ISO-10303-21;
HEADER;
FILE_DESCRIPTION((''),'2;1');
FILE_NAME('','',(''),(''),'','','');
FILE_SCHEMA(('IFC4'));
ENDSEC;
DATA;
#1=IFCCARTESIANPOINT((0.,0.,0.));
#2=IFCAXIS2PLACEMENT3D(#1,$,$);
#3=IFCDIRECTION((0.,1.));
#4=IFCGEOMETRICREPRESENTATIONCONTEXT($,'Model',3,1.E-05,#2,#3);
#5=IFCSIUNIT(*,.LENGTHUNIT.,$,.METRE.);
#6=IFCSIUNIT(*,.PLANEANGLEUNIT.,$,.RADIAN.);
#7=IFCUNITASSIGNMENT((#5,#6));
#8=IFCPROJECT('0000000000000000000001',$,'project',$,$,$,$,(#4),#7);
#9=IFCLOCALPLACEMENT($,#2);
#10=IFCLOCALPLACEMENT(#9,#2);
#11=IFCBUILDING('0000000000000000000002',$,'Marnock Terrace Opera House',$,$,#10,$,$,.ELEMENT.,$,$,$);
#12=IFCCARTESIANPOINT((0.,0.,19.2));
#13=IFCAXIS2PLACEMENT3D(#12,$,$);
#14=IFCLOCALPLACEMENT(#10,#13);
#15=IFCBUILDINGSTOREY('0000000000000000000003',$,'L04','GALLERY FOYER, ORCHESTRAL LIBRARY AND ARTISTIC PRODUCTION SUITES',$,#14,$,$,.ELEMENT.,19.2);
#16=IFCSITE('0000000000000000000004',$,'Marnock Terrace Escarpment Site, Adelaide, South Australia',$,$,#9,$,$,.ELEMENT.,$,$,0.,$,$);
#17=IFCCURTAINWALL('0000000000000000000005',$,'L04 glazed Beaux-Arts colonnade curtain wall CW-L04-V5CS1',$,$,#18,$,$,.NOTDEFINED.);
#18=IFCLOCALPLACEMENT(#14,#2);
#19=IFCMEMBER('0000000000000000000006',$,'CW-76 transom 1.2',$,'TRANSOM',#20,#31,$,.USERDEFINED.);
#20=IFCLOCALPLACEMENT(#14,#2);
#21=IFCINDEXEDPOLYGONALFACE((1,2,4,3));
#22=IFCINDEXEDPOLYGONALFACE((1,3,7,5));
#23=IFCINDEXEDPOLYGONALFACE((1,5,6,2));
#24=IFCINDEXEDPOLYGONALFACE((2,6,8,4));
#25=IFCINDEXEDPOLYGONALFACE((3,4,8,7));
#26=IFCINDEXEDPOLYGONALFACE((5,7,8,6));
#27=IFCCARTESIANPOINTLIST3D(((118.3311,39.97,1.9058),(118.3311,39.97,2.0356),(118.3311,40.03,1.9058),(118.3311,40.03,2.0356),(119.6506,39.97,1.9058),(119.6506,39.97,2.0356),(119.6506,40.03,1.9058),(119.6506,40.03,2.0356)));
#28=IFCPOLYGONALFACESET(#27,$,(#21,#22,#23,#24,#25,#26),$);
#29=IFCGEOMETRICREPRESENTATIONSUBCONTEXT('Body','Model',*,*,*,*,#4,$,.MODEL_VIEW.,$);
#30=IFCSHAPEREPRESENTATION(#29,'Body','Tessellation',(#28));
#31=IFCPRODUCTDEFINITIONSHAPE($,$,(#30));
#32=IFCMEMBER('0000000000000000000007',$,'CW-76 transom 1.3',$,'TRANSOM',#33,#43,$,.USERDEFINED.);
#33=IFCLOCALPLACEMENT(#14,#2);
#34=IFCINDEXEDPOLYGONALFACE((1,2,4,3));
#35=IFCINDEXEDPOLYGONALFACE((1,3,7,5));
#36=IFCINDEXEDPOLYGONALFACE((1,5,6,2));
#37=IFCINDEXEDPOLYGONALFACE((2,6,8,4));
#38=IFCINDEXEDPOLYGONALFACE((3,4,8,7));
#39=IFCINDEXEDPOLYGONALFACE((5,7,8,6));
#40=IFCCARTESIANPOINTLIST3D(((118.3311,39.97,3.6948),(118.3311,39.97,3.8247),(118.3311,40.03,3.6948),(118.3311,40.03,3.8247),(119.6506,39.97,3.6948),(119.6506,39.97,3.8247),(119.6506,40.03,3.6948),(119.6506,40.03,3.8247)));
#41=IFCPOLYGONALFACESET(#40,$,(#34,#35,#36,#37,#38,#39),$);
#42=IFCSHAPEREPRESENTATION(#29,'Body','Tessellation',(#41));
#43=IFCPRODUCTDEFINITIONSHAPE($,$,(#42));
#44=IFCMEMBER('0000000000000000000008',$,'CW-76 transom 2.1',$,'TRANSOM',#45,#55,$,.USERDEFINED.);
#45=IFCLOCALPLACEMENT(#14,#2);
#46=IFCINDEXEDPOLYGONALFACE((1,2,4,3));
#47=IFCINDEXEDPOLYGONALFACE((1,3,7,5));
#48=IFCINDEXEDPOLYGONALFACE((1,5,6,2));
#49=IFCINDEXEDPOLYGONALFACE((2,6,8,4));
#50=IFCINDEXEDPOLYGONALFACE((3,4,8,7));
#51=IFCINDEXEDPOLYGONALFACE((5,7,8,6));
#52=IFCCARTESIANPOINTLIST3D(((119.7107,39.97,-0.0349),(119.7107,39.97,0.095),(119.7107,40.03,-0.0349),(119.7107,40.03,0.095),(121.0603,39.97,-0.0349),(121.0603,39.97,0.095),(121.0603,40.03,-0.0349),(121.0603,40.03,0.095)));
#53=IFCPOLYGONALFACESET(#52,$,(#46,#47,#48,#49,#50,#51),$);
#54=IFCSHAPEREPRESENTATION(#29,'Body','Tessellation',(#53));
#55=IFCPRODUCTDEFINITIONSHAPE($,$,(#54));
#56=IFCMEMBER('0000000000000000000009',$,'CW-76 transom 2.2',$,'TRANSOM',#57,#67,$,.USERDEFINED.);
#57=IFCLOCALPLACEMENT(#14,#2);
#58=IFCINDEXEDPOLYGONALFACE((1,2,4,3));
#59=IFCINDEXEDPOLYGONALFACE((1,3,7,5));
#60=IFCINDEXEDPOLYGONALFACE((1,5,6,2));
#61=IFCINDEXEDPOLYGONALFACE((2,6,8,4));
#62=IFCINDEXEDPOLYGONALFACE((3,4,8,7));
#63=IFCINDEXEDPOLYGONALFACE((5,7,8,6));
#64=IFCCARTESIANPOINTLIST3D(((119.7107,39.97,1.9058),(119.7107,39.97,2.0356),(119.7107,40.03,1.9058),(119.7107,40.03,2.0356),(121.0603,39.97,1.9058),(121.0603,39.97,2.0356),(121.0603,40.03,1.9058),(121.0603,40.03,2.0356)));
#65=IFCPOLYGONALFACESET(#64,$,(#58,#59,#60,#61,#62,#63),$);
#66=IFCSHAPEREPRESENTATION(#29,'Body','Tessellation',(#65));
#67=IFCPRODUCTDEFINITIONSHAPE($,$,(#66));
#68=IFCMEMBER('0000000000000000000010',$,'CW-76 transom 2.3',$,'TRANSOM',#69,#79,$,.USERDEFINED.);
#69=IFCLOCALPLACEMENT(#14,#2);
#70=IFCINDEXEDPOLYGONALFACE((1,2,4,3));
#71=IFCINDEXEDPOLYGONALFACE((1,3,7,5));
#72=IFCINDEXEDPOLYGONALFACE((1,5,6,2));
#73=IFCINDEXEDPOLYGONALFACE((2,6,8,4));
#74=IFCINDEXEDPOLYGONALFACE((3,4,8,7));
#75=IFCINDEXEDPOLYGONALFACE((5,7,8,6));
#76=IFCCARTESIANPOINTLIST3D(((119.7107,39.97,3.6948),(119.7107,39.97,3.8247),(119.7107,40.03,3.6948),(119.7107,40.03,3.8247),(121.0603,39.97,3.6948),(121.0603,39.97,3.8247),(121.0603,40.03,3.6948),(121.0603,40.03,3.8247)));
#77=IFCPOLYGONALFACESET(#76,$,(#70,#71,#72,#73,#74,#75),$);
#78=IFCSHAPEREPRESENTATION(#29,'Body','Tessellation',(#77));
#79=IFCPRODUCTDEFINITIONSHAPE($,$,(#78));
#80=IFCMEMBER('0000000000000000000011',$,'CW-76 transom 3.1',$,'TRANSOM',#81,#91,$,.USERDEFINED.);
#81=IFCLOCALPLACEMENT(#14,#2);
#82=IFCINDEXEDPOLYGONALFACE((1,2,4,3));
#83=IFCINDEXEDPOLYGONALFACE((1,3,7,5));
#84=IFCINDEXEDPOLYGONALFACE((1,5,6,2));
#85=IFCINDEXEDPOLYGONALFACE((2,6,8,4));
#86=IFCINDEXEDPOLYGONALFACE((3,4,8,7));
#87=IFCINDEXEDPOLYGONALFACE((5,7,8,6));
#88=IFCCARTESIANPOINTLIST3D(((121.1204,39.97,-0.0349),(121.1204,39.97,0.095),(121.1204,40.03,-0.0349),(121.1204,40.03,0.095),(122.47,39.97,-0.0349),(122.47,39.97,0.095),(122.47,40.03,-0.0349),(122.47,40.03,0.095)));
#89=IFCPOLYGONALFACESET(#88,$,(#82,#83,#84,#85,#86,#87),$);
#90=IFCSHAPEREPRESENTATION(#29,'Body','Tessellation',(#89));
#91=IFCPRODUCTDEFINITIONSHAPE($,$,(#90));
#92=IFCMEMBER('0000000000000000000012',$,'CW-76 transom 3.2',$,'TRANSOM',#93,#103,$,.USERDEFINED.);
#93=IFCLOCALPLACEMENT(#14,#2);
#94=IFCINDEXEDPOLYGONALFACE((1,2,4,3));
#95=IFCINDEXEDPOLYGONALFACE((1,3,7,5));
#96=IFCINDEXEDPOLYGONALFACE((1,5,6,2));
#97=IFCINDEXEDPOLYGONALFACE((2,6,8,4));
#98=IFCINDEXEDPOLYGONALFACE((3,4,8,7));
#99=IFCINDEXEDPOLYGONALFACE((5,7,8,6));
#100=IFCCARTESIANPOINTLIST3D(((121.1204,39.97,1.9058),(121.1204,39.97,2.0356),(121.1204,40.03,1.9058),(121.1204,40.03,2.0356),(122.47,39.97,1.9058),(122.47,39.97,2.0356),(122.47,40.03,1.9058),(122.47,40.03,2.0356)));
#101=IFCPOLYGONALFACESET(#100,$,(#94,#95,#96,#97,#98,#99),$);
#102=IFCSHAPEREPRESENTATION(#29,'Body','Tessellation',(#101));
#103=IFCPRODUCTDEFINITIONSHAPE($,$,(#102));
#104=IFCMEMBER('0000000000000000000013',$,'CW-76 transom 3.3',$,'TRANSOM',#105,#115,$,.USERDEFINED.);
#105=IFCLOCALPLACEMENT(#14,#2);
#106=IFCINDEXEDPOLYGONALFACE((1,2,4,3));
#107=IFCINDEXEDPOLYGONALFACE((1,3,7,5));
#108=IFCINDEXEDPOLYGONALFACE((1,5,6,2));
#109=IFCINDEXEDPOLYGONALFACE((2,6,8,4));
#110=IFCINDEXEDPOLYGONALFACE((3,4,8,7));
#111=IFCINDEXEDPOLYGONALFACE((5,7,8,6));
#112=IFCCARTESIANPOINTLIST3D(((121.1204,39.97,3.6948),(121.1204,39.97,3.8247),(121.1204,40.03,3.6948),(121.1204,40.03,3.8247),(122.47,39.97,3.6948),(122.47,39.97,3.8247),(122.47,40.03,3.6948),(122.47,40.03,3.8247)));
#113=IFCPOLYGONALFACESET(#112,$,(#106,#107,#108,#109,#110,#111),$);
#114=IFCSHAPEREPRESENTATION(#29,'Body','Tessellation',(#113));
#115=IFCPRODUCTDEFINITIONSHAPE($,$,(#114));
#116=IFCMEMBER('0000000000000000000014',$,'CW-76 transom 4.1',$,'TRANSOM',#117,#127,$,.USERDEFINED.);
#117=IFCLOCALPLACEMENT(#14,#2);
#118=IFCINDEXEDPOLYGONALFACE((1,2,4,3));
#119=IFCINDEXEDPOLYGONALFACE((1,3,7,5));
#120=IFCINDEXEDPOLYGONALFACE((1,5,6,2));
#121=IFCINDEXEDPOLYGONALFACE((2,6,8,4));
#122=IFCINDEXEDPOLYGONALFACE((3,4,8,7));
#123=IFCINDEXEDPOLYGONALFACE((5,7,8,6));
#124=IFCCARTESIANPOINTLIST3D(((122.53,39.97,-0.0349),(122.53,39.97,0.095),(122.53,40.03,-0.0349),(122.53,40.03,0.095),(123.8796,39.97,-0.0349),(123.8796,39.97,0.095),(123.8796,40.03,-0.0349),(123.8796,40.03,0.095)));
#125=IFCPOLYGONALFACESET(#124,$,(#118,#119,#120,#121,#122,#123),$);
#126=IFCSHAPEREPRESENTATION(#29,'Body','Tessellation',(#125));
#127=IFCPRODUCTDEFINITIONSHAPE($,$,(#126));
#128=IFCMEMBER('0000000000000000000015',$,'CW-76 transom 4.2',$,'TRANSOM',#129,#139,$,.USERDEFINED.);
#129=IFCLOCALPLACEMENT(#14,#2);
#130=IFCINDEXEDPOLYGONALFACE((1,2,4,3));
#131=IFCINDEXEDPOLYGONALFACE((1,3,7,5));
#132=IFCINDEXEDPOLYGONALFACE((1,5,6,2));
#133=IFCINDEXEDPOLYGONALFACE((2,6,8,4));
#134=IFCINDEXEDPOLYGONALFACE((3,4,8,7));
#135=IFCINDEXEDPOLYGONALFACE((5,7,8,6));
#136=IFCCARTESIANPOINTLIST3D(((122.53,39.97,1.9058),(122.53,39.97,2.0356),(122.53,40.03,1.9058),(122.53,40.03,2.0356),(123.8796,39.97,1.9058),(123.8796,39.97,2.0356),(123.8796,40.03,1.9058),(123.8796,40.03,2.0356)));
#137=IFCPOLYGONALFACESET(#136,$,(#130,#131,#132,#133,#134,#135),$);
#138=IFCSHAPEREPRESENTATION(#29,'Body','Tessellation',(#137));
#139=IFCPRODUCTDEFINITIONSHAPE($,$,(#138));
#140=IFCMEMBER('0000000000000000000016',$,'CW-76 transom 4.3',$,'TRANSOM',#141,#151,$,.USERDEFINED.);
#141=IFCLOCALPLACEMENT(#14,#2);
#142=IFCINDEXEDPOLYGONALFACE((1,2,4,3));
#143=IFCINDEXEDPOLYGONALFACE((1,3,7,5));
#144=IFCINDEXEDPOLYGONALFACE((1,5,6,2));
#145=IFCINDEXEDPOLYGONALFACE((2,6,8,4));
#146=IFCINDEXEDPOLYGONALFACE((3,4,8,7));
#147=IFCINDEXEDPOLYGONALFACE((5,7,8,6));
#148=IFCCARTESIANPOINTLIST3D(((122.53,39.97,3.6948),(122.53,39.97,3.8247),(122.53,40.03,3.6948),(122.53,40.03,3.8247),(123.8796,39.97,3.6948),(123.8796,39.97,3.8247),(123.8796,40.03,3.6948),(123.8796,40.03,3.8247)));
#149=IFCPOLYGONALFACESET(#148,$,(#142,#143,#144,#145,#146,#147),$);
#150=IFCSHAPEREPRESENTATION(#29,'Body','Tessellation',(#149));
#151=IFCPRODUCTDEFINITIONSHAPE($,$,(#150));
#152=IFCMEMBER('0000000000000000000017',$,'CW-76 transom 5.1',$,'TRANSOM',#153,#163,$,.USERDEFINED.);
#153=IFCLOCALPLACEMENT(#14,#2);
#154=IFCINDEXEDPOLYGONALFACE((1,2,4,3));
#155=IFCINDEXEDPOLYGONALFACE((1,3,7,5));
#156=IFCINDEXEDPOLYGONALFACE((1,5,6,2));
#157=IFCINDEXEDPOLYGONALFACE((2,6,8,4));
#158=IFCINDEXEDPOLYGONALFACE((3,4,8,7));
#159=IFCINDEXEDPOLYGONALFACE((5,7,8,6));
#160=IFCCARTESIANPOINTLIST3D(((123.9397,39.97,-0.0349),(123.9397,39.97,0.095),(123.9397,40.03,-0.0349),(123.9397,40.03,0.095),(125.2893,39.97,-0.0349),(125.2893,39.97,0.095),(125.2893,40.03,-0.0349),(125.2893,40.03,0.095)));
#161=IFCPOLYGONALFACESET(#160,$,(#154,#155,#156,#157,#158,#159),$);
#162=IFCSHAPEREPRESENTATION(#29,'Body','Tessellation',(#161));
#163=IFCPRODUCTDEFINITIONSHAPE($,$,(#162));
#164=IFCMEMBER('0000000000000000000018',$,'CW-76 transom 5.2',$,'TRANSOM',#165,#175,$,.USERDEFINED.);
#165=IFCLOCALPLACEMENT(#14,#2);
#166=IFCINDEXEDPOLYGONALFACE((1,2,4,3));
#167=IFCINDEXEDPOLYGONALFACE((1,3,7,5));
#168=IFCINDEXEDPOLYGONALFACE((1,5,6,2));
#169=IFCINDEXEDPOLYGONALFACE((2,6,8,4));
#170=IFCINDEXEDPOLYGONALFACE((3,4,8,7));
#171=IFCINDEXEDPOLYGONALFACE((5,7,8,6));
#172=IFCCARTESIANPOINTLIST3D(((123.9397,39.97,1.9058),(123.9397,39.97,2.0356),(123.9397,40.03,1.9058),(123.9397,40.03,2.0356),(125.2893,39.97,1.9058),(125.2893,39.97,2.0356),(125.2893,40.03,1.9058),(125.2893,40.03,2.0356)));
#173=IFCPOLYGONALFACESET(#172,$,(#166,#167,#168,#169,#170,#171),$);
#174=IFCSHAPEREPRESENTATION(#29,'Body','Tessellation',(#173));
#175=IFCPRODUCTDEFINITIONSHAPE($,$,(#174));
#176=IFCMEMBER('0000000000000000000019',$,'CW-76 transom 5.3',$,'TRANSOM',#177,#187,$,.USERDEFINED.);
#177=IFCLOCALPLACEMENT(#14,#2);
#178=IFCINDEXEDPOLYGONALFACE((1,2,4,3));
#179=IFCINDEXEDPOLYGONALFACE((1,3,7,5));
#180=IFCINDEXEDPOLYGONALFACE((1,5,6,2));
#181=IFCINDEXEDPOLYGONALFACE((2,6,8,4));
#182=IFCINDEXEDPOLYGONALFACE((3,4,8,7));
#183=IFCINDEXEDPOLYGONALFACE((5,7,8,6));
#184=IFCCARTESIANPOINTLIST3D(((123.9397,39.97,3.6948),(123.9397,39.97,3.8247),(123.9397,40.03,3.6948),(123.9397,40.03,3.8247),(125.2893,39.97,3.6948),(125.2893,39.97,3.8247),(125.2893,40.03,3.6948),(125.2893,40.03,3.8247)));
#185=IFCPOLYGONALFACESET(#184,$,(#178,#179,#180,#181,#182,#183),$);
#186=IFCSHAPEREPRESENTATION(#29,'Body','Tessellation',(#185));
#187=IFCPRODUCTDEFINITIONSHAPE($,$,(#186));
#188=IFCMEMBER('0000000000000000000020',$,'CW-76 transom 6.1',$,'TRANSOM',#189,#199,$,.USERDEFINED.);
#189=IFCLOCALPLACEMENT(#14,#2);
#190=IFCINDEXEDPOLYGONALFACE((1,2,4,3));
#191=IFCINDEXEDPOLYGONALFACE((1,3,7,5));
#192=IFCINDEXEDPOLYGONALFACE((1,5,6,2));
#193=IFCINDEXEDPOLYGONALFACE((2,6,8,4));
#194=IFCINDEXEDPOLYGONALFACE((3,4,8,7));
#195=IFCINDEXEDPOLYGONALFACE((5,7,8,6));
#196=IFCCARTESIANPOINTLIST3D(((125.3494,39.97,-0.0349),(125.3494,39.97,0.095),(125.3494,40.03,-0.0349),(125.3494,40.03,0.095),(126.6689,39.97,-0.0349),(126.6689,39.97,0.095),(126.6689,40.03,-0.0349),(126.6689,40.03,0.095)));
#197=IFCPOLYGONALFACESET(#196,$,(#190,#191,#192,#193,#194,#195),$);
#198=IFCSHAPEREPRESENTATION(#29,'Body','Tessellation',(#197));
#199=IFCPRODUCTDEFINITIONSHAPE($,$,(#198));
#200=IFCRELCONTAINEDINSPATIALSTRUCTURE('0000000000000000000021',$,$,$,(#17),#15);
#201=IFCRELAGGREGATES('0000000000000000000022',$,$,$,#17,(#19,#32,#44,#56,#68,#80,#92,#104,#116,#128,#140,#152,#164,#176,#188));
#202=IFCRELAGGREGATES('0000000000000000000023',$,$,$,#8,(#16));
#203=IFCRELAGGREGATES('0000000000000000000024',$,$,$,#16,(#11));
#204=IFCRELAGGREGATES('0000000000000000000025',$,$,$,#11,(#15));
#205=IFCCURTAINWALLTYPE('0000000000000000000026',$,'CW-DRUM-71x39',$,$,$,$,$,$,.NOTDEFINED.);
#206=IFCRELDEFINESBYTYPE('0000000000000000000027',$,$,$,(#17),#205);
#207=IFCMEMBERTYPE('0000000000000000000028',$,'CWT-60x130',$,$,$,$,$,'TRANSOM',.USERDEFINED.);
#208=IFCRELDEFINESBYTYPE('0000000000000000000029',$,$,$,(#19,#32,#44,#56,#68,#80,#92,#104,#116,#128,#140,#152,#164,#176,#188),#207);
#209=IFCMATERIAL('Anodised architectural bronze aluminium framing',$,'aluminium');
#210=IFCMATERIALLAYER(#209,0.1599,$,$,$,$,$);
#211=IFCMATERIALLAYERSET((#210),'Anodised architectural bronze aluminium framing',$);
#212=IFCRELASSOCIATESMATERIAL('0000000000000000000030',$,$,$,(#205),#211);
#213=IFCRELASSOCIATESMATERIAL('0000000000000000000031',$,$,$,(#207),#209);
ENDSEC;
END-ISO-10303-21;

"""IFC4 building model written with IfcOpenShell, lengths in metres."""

from ifc_helpers import new_model, si_unit, direction, frame, origin, origin_2d, place, context, subcontext, project, spatial, rectangle, extrude, material, layer, layer_set, material_profile, profile_set, type_object, element, aggregate, save


model = new_model("IFC4")

# Units and contexts
model_context = context("Model", 3, precision=1e-05, world=origin(), true_north=direction((0.0, 1.0)))
body_context = subcontext(model_context, "Body", "Model", "MODEL_VIEW")
ifc_project = project(units=[si_unit("LENGTHUNIT", "METRE"), si_unit("PLANEANGLEUNIT", "RADIAN")], contexts=[model_context])

# Site, building, storey
site_placement = place(None, origin())
site = spatial("IfcSite", under=ifc_project, at=site_placement, Name="Marnock Terrace Escarpment Site, Adelaide, South Australia", CompositionType="ELEMENT", RefElevation=0.0)
building_placement = place(site_placement, origin())
building = spatial("IfcBuilding", under=site, at=building_placement, Name="Marnock Terrace Opera House", CompositionType="ELEMENT")
storey_placement = place(building_placement, frame((0.0, 0.0, 19.2)))
storey = spatial("IfcBuildingStorey", under=building, at=storey_placement, Name="L04", Description="GALLERY FOYER, ORCHESTRAL LIBRARY AND ARTISTIC PRODUCTION SUITES", CompositionType="ELEMENT", Elevation=19.2)

# Shared definitions
ifc_material_1 = material(Name="Anodised architectural bronze aluminium framing", Category="aluminium")
ifc_layer_1 = layer(ifc_material_1, 0.1599)
ifc_layer_set_1 = layer_set([ifc_layer_1], Name="Anodised architectural bronze aluminium framing")
curtain_wall_type = type_object("IfcCurtainWallType", Name="CW-DRUM-71x39", PredefinedType="NOTDEFINED", material=ifc_layer_set_1)

# Curtain wall, members
curtain_wall_1_placement = place(storey_placement, origin())
curtain_wall_1 = element("IfcCurtainWall", 1, at=curtain_wall_1_placement, inside=storey, type_object=curtain_wall_type, Name="L04 glazed Beaux-Arts colonnade curtain wall CW-L04-V5CS1", PredefinedType="NOTDEFINED")
ifc_material_profile_1 = material_profile(ifc_material_1, rectangle(XDim=0.0601, YDim=0.1299, at=origin_2d()))
ifc_profile_set_1 = profile_set([ifc_material_profile_1], Name="Anodised architectural bronze aluminium framing")
member_type_1 = type_object("IfcMemberType", Name="CWT-60x130", ElementType="TRANSOM", PredefinedType="USERDEFINED", material=ifc_profile_set_1)
member_1_placement = place(storey_placement, frame((118.3311, 40.0, 1.9707), z_axis=(1.0, 0.0, 0.0), x_axis=(0.0, 1.0, 0.0)))
member_1 = element("IfcMember", 2, at=member_1_placement, type_object=member_type_1, Name="CW-76 transom 1.2", ObjectType="TRANSOM", PredefinedType="USERDEFINED", context=body_context, shape_type="SweptSolid", body=[
    extrude(rectangle(XDim=0.0601, YDim=0.1299, at=origin_2d()), origin(), (0.0, 0.0, 1.0), 1.3196),
])
member_2_placement = place(storey_placement, frame((118.3311, 40.0, 3.7598), z_axis=(1.0, 0.0, 0.0), x_axis=(0.0, 1.0, 0.0)))
member_2 = element("IfcMember", 3, at=member_2_placement, type_object=member_type_1, Name="CW-76 transom 1.3", ObjectType="TRANSOM", PredefinedType="USERDEFINED", context=body_context, shape_type="SweptSolid", body=[
    extrude(rectangle(XDim=0.0601, YDim=0.1299, at=origin_2d()), origin(), (0.0, 0.0, 1.0), 1.3196),
])
member_3_placement = place(storey_placement, frame((119.7107, 40.0, 0.03), z_axis=(1.0, 0.0, 0.0), x_axis=(0.0, 1.0, 0.0)))
member_3 = element("IfcMember", 4, at=member_3_placement, type_object=member_type_1, Name="CW-76 transom 2.1", ObjectType="TRANSOM", PredefinedType="USERDEFINED", context=body_context, shape_type="SweptSolid", body=[
    extrude(rectangle(XDim=0.0601, YDim=0.1299, at=origin_2d()), origin(), (0.0, 0.0, 1.0), 1.3496),
])
member_4_placement = place(storey_placement, frame((119.7107, 40.0, 1.9707), z_axis=(1.0, 0.0, 0.0), x_axis=(0.0, 1.0, 0.0)))
member_4 = element("IfcMember", 5, at=member_4_placement, type_object=member_type_1, Name="CW-76 transom 2.2", ObjectType="TRANSOM", PredefinedType="USERDEFINED", context=body_context, shape_type="SweptSolid", body=[
    extrude(rectangle(XDim=0.0601, YDim=0.1299, at=origin_2d()), origin(), (0.0, 0.0, 1.0), 1.3496),
])
member_5_placement = place(storey_placement, frame((119.7107, 40.0, 3.7598), z_axis=(1.0, 0.0, 0.0), x_axis=(0.0, 1.0, 0.0)))
member_5 = element("IfcMember", 6, at=member_5_placement, type_object=member_type_1, Name="CW-76 transom 2.3", ObjectType="TRANSOM", PredefinedType="USERDEFINED", context=body_context, shape_type="SweptSolid", body=[
    extrude(rectangle(XDim=0.0601, YDim=0.1299, at=origin_2d()), origin(), (0.0, 0.0, 1.0), 1.3496),
])
member_6_placement = place(storey_placement, frame((121.1204, 40.0, 0.03), z_axis=(1.0, 0.0, 0.0), x_axis=(0.0, 1.0, 0.0)))
member_6 = element("IfcMember", 7, at=member_6_placement, type_object=member_type_1, Name="CW-76 transom 3.1", ObjectType="TRANSOM", PredefinedType="USERDEFINED", context=body_context, shape_type="SweptSolid", body=[
    extrude(rectangle(XDim=0.0601, YDim=0.1299, at=origin_2d()), origin(), (0.0, 0.0, 1.0), 1.3496),
])
member_7_placement = place(storey_placement, frame((121.1204, 40.0, 1.9707), z_axis=(1.0, 0.0, 0.0), x_axis=(0.0, 1.0, 0.0)))
member_7 = element("IfcMember", 8, at=member_7_placement, type_object=member_type_1, Name="CW-76 transom 3.2", ObjectType="TRANSOM", PredefinedType="USERDEFINED", context=body_context, shape_type="SweptSolid", body=[
    extrude(rectangle(XDim=0.0601, YDim=0.1299, at=origin_2d()), origin(), (0.0, 0.0, 1.0), 1.3496),
])
member_8_placement = place(storey_placement, frame((121.1204, 40.0, 3.7598), z_axis=(1.0, 0.0, 0.0), x_axis=(0.0, 1.0, 0.0)))
member_8 = element("IfcMember", 9, at=member_8_placement, type_object=member_type_1, Name="CW-76 transom 3.3", ObjectType="TRANSOM", PredefinedType="USERDEFINED", context=body_context, shape_type="SweptSolid", body=[
    extrude(rectangle(XDim=0.0601, YDim=0.1299, at=origin_2d()), origin(), (0.0, 0.0, 1.0), 1.3496),
])
member_9_placement = place(storey_placement, frame((122.53, 40.0, 0.03), z_axis=(1.0, 0.0, 0.0), x_axis=(0.0, 1.0, 0.0)))
member_9 = element("IfcMember", 10, at=member_9_placement, type_object=member_type_1, Name="CW-76 transom 4.1", ObjectType="TRANSOM", PredefinedType="USERDEFINED", context=body_context, shape_type="SweptSolid", body=[
    extrude(rectangle(XDim=0.0601, YDim=0.1299, at=origin_2d()), origin(), (0.0, 0.0, 1.0), 1.3496),
])
member_10_placement = place(storey_placement, frame((122.53, 40.0, 1.9707), z_axis=(1.0, 0.0, 0.0), x_axis=(0.0, 1.0, 0.0)))
member_10 = element("IfcMember", 11, at=member_10_placement, type_object=member_type_1, Name="CW-76 transom 4.2", ObjectType="TRANSOM", PredefinedType="USERDEFINED", context=body_context, shape_type="SweptSolid", body=[
    extrude(rectangle(XDim=0.0601, YDim=0.1299, at=origin_2d()), origin(), (0.0, 0.0, 1.0), 1.3496),
])
member_11_placement = place(storey_placement, frame((122.53, 40.0, 3.7598), z_axis=(1.0, 0.0, 0.0), x_axis=(0.0, 1.0, 0.0)))
member_11 = element("IfcMember", 12, at=member_11_placement, type_object=member_type_1, Name="CW-76 transom 4.3", ObjectType="TRANSOM", PredefinedType="USERDEFINED", context=body_context, shape_type="SweptSolid", body=[
    extrude(rectangle(XDim=0.0601, YDim=0.1299, at=origin_2d()), origin(), (0.0, 0.0, 1.0), 1.3496),
])
member_12_placement = place(storey_placement, frame((123.9397, 40.0, 0.03), z_axis=(1.0, 0.0, 0.0), x_axis=(0.0, 1.0, 0.0)))
member_12 = element("IfcMember", 13, at=member_12_placement, type_object=member_type_1, Name="CW-76 transom 5.1", ObjectType="TRANSOM", PredefinedType="USERDEFINED", context=body_context, shape_type="SweptSolid", body=[
    extrude(rectangle(XDim=0.0601, YDim=0.1299, at=origin_2d()), origin(), (0.0, 0.0, 1.0), 1.3496),
])
member_13_placement = place(storey_placement, frame((123.9397, 40.0, 1.9707), z_axis=(1.0, 0.0, 0.0), x_axis=(0.0, 1.0, 0.0)))
member_13 = element("IfcMember", 14, at=member_13_placement, type_object=member_type_1, Name="CW-76 transom 5.2", ObjectType="TRANSOM", PredefinedType="USERDEFINED", context=body_context, shape_type="SweptSolid", body=[
    extrude(rectangle(XDim=0.0601, YDim=0.1299, at=origin_2d()), origin(), (0.0, 0.0, 1.0), 1.3496),
])
member_14_placement = place(storey_placement, frame((123.9397, 40.0, 3.7598), z_axis=(1.0, 0.0, 0.0), x_axis=(0.0, 1.0, 0.0)))
member_14 = element("IfcMember", 15, at=member_14_placement, type_object=member_type_1, Name="CW-76 transom 5.3", ObjectType="TRANSOM", PredefinedType="USERDEFINED", context=body_context, shape_type="SweptSolid", body=[
    extrude(rectangle(XDim=0.0601, YDim=0.1299, at=origin_2d()), origin(), (0.0, 0.0, 1.0), 1.3496),
])
member_15_placement = place(storey_placement, frame((125.3494, 40.0, 0.03), z_axis=(1.0, 0.0, 0.0), x_axis=(0.0, 1.0, 0.0)))
member_15 = element("IfcMember", 16, at=member_15_placement, type_object=member_type_1, Name="CW-76 transom 6.1", ObjectType="TRANSOM", PredefinedType="USERDEFINED", context=body_context, shape_type="SweptSolid", body=[
    extrude(rectangle(XDim=0.0601, YDim=0.1299, at=origin_2d()), origin(), (0.0, 0.0, 1.0), 1.3196),
])
aggregate(curtain_wall_1, [member_1, member_2, member_3, member_4, member_5, member_6, member_7, member_8, member_9, member_10, member_11, member_12, member_13, member_14, member_15])

save(model, "model.ifc")
